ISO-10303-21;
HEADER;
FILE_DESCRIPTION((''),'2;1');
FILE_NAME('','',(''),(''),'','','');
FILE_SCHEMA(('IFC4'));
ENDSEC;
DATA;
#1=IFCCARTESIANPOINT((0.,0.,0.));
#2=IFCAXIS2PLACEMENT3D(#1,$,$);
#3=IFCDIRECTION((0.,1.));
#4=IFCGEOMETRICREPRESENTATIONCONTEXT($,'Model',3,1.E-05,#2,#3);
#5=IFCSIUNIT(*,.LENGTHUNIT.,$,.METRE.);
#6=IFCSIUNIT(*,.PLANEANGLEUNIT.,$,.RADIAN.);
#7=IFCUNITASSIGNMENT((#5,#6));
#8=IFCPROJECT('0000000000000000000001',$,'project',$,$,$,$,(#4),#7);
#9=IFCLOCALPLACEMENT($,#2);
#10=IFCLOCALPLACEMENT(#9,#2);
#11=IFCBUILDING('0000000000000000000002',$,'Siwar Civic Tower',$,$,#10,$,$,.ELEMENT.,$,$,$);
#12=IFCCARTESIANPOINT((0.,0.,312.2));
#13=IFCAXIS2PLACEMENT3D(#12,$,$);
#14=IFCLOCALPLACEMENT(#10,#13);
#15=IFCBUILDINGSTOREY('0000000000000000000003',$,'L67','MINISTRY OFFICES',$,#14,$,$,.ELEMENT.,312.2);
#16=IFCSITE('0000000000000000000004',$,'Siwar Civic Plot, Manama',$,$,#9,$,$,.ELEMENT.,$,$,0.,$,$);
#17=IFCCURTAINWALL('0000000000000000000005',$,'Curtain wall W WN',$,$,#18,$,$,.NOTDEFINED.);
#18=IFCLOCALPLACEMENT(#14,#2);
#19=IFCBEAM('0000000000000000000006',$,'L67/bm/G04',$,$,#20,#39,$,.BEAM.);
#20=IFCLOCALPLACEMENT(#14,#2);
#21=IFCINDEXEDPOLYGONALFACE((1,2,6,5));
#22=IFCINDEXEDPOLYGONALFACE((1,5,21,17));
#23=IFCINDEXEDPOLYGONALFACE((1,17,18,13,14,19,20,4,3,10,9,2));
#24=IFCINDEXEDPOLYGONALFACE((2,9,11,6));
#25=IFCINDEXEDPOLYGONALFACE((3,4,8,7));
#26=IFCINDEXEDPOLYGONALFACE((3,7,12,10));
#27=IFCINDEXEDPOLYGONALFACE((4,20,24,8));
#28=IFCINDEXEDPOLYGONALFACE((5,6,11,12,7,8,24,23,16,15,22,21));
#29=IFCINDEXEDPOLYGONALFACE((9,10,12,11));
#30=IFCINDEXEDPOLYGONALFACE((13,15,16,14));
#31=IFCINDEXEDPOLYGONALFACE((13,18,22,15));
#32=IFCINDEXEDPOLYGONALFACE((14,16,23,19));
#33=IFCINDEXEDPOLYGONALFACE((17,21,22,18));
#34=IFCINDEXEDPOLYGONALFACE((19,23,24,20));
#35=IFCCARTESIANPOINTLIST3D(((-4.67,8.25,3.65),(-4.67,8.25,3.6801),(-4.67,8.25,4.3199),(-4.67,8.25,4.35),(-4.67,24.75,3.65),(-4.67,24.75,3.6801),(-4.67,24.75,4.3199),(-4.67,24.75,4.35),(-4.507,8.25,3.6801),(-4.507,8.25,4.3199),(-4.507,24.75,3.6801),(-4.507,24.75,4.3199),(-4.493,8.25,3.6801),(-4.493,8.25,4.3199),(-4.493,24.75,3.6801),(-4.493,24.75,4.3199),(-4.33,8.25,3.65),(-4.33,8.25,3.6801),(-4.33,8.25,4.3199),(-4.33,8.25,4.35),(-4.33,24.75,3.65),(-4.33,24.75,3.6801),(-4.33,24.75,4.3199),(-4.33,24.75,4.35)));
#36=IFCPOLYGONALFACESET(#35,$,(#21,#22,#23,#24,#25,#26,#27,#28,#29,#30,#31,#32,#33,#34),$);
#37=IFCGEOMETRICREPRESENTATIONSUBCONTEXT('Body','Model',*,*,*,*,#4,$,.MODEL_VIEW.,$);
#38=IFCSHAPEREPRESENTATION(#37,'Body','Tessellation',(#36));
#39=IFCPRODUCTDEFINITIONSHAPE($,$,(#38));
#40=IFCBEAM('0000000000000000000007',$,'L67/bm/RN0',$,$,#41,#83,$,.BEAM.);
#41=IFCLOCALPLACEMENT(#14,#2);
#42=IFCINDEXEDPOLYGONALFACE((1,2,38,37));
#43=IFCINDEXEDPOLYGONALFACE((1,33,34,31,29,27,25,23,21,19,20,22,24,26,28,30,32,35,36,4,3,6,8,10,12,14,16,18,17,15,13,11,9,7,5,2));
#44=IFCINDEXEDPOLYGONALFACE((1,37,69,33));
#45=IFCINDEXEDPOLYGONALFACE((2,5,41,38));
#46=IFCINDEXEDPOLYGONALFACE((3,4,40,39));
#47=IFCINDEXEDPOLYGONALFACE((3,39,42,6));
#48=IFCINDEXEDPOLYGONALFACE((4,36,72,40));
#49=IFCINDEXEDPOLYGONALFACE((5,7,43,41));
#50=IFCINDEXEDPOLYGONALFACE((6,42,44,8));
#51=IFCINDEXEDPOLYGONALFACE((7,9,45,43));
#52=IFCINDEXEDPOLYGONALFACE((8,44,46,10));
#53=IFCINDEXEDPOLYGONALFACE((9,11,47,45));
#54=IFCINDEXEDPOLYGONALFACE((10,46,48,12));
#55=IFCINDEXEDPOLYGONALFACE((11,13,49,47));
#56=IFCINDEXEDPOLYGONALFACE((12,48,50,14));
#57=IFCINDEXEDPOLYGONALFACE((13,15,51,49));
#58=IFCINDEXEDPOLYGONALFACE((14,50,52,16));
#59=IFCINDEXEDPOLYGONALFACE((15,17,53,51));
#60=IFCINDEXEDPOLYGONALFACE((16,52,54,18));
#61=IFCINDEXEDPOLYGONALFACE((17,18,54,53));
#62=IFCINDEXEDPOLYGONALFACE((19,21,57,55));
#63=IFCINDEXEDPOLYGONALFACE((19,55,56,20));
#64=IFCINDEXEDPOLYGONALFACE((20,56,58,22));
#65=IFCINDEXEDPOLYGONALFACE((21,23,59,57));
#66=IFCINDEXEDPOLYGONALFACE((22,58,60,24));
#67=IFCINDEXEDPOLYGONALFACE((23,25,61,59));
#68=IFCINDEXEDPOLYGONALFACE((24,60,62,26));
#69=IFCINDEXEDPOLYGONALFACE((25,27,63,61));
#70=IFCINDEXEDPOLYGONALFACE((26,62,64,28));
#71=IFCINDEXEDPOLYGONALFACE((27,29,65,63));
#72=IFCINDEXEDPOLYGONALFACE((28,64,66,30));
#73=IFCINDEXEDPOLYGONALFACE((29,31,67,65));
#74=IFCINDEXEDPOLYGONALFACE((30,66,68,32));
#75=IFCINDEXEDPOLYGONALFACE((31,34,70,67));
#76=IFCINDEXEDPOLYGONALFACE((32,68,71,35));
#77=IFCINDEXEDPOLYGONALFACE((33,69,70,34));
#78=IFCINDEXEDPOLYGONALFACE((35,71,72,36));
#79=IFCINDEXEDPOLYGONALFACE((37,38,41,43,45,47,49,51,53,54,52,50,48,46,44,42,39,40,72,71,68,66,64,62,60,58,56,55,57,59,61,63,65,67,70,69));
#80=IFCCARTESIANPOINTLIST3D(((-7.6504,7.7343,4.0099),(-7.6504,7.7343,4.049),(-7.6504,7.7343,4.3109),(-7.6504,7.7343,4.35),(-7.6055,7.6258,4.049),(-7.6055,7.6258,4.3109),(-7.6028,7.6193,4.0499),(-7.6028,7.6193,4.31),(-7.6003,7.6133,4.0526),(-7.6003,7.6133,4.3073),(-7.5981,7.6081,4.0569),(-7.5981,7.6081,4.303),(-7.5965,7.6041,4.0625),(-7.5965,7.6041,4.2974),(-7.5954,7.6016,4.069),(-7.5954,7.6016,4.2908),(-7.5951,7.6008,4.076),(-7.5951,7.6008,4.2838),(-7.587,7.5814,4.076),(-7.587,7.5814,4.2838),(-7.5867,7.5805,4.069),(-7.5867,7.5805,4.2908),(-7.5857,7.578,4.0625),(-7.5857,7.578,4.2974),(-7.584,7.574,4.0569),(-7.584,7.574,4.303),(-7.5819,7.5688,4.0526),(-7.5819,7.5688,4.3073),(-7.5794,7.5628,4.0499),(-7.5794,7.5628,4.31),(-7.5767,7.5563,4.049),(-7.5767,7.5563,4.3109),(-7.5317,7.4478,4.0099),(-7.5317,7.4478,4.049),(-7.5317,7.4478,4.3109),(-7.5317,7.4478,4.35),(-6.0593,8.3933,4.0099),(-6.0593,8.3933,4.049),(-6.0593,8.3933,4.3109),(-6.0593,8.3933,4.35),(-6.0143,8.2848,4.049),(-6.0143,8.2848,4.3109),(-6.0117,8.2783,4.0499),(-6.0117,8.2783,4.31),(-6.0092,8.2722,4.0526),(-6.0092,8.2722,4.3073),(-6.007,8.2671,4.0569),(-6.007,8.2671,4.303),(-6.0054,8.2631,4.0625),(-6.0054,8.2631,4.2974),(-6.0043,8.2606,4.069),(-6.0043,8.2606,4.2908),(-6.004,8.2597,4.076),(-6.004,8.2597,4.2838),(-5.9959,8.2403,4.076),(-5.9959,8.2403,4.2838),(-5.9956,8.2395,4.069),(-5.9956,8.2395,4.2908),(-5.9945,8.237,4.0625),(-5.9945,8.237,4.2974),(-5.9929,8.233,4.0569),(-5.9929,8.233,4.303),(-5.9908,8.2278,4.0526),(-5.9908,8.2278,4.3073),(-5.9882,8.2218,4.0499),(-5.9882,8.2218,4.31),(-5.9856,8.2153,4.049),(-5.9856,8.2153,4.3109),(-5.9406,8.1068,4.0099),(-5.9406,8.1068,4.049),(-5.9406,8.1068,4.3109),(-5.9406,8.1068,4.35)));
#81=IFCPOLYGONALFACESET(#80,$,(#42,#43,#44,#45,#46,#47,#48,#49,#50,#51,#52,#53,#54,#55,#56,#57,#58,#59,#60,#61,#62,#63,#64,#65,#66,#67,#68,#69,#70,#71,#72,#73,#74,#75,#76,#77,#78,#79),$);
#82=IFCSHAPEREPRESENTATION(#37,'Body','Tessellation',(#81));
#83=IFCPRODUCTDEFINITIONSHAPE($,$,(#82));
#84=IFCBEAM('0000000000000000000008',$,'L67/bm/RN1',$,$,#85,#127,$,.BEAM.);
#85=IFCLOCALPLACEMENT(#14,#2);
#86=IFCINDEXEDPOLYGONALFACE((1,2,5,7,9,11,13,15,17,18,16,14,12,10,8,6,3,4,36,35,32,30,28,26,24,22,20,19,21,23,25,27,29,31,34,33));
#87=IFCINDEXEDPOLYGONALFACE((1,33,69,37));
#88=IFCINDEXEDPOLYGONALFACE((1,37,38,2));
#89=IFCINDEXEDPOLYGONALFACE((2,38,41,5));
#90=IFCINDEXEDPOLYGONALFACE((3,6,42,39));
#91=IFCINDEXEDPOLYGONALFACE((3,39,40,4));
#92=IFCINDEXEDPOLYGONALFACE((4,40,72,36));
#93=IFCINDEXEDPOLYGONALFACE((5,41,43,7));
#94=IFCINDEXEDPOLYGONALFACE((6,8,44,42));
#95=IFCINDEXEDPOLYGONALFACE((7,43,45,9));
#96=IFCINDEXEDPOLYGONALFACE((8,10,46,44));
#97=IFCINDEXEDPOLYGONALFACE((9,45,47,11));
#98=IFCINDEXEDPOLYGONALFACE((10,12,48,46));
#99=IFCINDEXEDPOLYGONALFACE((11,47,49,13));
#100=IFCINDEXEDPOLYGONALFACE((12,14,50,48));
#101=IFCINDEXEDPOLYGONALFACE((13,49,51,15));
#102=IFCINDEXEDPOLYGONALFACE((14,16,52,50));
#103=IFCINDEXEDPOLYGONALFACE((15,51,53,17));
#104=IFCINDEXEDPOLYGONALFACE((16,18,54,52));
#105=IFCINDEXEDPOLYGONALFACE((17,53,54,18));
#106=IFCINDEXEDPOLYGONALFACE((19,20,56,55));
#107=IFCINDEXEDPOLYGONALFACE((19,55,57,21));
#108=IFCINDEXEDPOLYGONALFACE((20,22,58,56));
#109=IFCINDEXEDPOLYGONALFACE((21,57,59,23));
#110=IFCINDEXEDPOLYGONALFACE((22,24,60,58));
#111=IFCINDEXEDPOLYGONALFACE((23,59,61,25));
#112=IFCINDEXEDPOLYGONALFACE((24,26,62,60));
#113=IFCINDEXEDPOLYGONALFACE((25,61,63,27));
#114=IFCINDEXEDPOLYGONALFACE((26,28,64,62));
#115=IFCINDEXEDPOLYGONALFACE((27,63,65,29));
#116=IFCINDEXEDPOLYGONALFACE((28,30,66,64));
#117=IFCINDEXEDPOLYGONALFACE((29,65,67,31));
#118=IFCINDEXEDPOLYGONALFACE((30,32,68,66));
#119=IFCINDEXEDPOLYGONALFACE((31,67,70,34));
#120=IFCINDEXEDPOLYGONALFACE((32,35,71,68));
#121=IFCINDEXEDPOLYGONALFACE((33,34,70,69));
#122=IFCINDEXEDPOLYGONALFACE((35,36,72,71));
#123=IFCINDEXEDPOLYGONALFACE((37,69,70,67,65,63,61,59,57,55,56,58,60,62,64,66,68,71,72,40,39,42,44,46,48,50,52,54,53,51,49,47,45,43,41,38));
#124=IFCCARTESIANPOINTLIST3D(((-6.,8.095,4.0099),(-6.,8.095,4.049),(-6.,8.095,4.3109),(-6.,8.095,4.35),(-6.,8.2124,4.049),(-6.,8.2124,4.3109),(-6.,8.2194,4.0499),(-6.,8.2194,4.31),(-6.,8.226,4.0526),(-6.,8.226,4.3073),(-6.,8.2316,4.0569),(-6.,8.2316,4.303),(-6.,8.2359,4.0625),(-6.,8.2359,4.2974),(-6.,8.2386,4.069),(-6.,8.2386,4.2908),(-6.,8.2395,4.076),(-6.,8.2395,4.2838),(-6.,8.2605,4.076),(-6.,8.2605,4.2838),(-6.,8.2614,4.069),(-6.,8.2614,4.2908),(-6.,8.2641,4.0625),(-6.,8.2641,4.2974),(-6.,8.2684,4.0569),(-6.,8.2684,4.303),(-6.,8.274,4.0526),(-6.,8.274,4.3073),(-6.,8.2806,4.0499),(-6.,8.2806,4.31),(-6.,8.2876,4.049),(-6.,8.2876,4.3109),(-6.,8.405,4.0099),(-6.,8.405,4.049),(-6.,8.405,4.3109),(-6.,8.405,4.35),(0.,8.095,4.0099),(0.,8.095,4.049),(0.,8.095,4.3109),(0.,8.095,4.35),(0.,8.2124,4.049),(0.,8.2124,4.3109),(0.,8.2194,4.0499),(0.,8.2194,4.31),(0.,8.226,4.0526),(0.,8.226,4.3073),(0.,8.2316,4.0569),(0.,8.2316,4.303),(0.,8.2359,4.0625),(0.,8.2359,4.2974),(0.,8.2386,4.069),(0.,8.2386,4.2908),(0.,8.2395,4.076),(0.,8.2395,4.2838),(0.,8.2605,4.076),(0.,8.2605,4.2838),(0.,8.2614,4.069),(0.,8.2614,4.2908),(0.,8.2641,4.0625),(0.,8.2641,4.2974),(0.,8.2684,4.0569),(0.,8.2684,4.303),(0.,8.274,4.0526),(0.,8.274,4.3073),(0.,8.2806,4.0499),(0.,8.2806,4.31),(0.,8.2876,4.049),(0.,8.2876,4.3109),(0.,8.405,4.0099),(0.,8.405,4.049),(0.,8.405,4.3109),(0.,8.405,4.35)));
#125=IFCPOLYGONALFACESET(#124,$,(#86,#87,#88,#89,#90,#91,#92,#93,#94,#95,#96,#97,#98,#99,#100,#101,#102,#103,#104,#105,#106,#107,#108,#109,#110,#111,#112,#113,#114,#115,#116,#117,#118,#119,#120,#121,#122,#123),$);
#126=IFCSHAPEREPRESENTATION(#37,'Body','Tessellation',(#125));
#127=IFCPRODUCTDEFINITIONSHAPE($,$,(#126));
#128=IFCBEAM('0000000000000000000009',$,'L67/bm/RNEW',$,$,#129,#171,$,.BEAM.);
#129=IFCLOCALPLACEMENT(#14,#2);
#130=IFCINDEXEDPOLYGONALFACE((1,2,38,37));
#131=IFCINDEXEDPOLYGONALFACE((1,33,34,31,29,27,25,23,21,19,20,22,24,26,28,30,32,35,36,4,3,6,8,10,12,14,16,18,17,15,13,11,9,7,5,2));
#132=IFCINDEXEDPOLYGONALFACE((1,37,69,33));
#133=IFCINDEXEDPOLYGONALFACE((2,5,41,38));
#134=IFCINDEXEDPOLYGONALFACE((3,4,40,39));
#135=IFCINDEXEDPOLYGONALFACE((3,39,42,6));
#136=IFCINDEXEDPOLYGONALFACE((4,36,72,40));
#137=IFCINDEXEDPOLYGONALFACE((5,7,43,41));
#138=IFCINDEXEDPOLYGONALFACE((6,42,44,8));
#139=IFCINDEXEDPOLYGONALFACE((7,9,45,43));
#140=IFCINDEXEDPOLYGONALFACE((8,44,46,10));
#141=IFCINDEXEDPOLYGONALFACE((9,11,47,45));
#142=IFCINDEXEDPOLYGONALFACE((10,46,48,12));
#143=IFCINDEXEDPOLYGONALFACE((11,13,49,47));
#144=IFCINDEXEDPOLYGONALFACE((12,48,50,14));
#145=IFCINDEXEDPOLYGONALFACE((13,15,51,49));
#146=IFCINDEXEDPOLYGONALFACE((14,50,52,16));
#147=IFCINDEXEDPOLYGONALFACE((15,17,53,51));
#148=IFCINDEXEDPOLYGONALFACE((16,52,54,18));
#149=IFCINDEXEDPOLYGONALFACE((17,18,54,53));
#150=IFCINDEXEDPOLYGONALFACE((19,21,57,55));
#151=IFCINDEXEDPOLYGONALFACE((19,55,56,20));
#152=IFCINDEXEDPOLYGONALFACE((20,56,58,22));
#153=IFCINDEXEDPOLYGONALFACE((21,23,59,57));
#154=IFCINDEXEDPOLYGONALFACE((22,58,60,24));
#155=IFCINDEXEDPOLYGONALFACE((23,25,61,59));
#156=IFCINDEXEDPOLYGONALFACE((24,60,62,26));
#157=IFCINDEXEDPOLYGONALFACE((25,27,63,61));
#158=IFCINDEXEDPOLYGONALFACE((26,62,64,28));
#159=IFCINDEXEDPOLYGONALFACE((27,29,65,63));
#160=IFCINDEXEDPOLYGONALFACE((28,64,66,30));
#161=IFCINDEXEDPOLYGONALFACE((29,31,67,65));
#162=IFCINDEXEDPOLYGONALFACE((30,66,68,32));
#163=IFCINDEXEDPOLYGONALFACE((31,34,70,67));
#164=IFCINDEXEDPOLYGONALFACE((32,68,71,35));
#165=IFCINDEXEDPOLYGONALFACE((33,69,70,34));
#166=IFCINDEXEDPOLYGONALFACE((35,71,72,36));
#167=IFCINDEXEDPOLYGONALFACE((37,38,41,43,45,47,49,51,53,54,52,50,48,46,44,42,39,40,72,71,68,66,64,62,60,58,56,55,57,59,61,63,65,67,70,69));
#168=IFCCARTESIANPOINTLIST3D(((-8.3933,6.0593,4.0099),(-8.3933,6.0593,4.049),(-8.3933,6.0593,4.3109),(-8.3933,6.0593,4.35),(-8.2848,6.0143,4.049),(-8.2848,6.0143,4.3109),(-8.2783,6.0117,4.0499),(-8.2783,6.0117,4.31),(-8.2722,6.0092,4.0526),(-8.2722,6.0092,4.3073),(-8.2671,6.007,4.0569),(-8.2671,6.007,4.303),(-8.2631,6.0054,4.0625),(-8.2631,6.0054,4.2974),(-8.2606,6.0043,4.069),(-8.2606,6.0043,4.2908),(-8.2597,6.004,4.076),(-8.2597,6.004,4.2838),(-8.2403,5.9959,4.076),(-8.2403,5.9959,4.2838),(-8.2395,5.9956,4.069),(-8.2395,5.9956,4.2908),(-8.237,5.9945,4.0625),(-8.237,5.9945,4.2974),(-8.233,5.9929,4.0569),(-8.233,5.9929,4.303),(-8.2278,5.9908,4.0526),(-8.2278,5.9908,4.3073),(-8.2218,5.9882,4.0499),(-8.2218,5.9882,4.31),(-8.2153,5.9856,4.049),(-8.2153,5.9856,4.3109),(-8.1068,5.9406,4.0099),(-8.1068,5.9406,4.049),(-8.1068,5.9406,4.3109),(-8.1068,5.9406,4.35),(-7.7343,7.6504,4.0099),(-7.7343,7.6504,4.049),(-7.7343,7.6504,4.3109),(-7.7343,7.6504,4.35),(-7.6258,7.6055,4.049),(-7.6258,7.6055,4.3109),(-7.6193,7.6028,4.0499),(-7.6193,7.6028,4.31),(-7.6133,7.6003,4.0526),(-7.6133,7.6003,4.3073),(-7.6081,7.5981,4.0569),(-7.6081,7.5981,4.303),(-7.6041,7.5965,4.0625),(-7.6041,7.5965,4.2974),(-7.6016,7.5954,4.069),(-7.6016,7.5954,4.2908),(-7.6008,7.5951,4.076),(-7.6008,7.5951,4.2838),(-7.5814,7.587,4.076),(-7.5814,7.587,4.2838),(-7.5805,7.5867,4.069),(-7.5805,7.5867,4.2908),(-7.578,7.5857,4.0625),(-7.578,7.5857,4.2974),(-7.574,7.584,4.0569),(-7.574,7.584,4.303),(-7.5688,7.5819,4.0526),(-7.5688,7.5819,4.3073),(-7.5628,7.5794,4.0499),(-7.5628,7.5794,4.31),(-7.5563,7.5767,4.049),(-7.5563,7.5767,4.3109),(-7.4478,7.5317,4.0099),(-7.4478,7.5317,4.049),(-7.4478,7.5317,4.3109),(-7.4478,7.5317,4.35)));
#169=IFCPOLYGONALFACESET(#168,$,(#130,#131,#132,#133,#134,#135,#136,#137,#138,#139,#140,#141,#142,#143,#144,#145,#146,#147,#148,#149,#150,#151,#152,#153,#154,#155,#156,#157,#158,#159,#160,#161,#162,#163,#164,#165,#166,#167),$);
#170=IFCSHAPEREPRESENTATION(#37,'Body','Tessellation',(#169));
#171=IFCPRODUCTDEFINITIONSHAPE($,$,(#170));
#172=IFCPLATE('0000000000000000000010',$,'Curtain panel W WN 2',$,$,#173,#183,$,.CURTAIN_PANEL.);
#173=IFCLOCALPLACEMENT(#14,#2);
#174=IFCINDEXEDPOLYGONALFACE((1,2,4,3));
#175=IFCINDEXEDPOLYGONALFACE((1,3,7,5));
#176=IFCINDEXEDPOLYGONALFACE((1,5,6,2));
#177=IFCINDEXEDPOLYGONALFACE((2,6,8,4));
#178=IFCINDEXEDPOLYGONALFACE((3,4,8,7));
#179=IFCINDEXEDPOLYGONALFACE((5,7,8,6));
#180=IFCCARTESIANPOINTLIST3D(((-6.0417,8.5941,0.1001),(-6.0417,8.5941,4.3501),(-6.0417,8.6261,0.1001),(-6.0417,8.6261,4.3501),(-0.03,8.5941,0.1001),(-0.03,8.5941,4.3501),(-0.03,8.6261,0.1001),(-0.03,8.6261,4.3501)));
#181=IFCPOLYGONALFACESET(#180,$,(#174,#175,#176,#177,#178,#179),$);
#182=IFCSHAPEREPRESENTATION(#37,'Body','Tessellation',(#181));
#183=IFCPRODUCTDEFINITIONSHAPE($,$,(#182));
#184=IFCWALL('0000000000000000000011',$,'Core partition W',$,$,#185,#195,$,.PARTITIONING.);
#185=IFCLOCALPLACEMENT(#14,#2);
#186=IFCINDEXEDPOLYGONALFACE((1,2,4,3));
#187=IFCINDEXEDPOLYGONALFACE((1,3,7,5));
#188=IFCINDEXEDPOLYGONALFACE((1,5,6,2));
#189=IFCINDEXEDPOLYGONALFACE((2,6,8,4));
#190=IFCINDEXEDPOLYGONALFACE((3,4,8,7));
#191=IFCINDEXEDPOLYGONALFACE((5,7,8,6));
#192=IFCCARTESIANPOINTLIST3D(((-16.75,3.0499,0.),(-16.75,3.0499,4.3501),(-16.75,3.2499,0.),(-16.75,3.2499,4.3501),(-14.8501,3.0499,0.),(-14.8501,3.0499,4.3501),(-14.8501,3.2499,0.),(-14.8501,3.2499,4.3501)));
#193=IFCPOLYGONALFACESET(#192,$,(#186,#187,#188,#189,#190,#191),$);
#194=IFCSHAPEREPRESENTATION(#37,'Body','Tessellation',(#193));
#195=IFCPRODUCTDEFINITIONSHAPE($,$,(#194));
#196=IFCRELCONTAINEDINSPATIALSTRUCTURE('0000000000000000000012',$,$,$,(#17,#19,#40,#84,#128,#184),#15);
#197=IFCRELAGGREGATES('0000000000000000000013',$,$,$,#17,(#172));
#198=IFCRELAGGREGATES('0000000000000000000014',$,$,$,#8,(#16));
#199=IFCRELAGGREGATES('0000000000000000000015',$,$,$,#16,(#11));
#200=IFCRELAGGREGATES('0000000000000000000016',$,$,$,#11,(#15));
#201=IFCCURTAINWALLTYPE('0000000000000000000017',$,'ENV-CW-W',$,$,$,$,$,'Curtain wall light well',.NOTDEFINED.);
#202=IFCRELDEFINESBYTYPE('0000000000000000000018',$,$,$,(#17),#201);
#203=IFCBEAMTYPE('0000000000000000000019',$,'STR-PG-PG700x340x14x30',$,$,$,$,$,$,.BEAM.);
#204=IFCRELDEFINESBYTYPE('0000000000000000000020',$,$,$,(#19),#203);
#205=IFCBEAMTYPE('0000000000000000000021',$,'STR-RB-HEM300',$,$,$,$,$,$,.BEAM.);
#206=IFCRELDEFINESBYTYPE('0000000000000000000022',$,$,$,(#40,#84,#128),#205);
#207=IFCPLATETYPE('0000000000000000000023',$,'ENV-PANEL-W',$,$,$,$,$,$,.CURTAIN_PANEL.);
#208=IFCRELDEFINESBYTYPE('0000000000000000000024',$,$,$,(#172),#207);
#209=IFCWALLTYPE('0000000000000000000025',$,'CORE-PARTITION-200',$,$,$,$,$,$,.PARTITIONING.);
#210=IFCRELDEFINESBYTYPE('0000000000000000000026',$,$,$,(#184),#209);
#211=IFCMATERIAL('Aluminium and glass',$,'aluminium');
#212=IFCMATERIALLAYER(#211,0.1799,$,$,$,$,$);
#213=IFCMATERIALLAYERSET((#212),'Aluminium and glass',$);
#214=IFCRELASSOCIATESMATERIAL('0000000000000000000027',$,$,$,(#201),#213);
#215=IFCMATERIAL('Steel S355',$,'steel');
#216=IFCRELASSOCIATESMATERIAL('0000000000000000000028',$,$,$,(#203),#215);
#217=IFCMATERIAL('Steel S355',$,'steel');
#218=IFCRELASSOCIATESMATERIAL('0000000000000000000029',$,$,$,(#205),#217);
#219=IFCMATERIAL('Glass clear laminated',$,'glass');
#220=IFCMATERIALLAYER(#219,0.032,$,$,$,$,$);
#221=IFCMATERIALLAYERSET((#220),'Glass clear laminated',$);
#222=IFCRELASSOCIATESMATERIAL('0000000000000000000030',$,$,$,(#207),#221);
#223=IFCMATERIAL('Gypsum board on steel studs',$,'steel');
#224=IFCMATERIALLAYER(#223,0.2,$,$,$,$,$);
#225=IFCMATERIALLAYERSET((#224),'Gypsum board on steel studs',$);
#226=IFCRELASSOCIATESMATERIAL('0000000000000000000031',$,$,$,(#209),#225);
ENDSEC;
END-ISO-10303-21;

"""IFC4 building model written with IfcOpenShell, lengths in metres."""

from ifc_helpers import new_model, si_unit, direction, frame, frame_2d, origin, origin_2d, place, context, subcontext, project, spatial, rectangle, i_section, extrude, material, layer, layer_set, material_profile, profile_set, type_object, element, aggregate, save


model = new_model("IFC4")

# Units and contexts
model_context = context("Model", 3, precision=1e-05, world=origin(), true_north=direction((0.0, 1.0)))
body_context = subcontext(model_context, "Body", "Model", "MODEL_VIEW")
ifc_project = project(units=[si_unit("LENGTHUNIT", "METRE"), si_unit("PLANEANGLEUNIT", "RADIAN")], contexts=[model_context])

# Site, building, storey
site_placement = place(None, origin())
site = spatial("IfcSite", under=ifc_project, at=site_placement, Name="Siwar Civic Plot, Manama", CompositionType="ELEMENT", RefElevation=0.0)
building_placement = place(site_placement, origin())
building = spatial("IfcBuilding", under=site, at=building_placement, Name="Siwar Civic Tower", CompositionType="ELEMENT")
storey_placement = place(building_placement, frame((0.0, 0.0, 312.2)))
storey = spatial("IfcBuildingStorey", under=building, at=storey_placement, Name="L67", Description="MINISTRY OFFICES", CompositionType="ELEMENT", Elevation=312.2)

# Curtain wall
ifc_material_1 = material(Name="Aluminium and glass", Category="aluminium")
ifc_layer_1 = layer(ifc_material_1, 0.1799)
ifc_layer_set_1 = layer_set([ifc_layer_1], Name="Aluminium and glass")
curtain_wall_type = type_object("IfcCurtainWallType", Name="ENV-CW-W", ElementType="Curtain wall light well", PredefinedType="NOTDEFINED", material=ifc_layer_set_1)
curtain_wall_placement = place(storey_placement, origin())
curtain_wall = element("IfcCurtainWall", 1, at=curtain_wall_placement, inside=storey, type_object=curtain_wall_type, Name="Curtain wall W WN", PredefinedType="NOTDEFINED")

# Beams
ifc_material_2 = material(Name="Steel S355", Category="steel")
ifc_material_profile_1 = material_profile(ifc_material_2, i_section(OverallWidth=0.3401, OverallDepth=0.7, WebThickness=0.0139, FlangeThickness=0.03, at=origin_2d()), Name="PG700x340x14x30")
ifc_profile_set_1 = profile_set([ifc_material_profile_1], Name="Steel S355")
beam_type_1 = type_object("IfcBeamType", Name="STR-PG-PG700x340x14x30", PredefinedType="BEAM", material=ifc_profile_set_1)
beam_1_placement = place(storey_placement, frame((-4.5, 8.25, 4.0), z_axis=(0.0, 1.0, 0.0), x_axis=(-1.0, 0.0, 0.0)))
element("IfcBeam", 2, at=beam_1_placement, inside=storey, type_object=beam_type_1, Name="L67/bm/G04", PredefinedType="BEAM", context=body_context, shape_type="SweptSolid", body=[
    extrude(i_section(OverallWidth=0.3401, OverallDepth=0.7, WebThickness=0.0139, FlangeThickness=0.03, at=origin_2d()), origin(), (0.0, 0.0, 1.0), 16.5),
])
ifc_material_3 = material(Name="Steel S355", Category="steel")
ifc_material_profile_2 = material_profile(ifc_material_3, i_section(OverallWidth=0.3101, OverallDepth=0.3401, WebThickness=0.021, FlangeThickness=0.0391, FilletRadius=0.0271, at=origin_2d()), Name="HEM300")
ifc_profile_set_2 = profile_set([ifc_material_profile_2], Name="Steel S355")
beam_type_2 = type_object("IfcBeamType", Name="STR-RB-HEM300", PredefinedType="BEAM", material=ifc_profile_set_2)
beam_2_placement = place(storey_placement, frame((-7.5911, 7.5911, 4.1799), z_axis=(0.923901, 0.382631, 0.0), x_axis=(-0.382631, 0.923901, 0.0)))
element("IfcBeam", 3, at=beam_2_placement, inside=storey, type_object=beam_type_2, Name="L67/bm/RN0", PredefinedType="BEAM", context=body_context, shape_type="SweptSolid", body=[
    extrude(i_section(OverallWidth=0.3101, OverallDepth=0.3401, WebThickness=0.021, FlangeThickness=0.0391, FilletRadius=0.0271, at=origin_2d()), origin(), (0.0, 0.0, 1.0), 1.7222),
])
beam_3_placement = place(storey_placement, frame((-6.0, 8.25, 4.1799), z_axis=(1.0, 0.0, 0.0), x_axis=(0.0, 1.0, 0.0)))
element("IfcBeam", 4, at=beam_3_placement, inside=storey, type_object=beam_type_2, Name="L67/bm/RN1", PredefinedType="BEAM", context=body_context, shape_type="SweptSolid", body=[
    extrude(i_section(OverallWidth=0.3101, OverallDepth=0.3401, WebThickness=0.021, FlangeThickness=0.0391, FilletRadius=0.0271, at=origin_2d()), origin(), (0.0, 0.0, 1.0), 6.0),
])
beam_4_placement = place(storey_placement, frame((-7.5911, 7.5911, 4.1799), z_axis=(-0.382631, -0.923901, 0.0), x_axis=(0.923901, -0.382631, 0.0)))
element("IfcBeam", 5, at=beam_4_placement, inside=storey, type_object=beam_type_2, Name="L67/bm/RNEW", PredefinedType="BEAM", context=body_context, shape_type="SweptSolid", body=[
    extrude(i_section(OverallWidth=0.3101, OverallDepth=0.3401, WebThickness=0.021, FlangeThickness=0.0391, FilletRadius=0.0271, at=origin_2d()), origin(), (0.0, 0.0, 1.0), 1.7222),
])

# Plate
ifc_material_4 = material(Name="Glass clear laminated", Category="glass")
ifc_layer_2 = layer(ifc_material_4, 0.032)
ifc_layer_set_2 = layer_set([ifc_layer_2], Name="Glass clear laminated")
plate_type = type_object("IfcPlateType", Name="ENV-PANEL-W", PredefinedType="CURTAIN_PANEL", material=ifc_layer_set_2)
plate_placement = place(storey_placement, frame((-3.0359, 8.6101, 0.1001), z_axis=(0.0, 0.0, 1.0), x_axis=(-1.0, 0.0, 0.0)))
plate = element("IfcPlate", 6, at=plate_placement, type_object=plate_type, Name="Curtain panel W WN 2", PredefinedType="CURTAIN_PANEL", context=body_context, shape_type="SweptSolid", body=[
    extrude(rectangle(XDim=6.0117, YDim=0.032, at=origin_2d()), origin(), (0.0, 0.0, 1.0), 4.25),
])
aggregate(curtain_wall, [plate])

# Wall
ifc_material_5 = material(Name="Gypsum board on steel studs", Category="steel")
ifc_layer_3 = layer(ifc_material_5, 0.2)
ifc_layer_set_3 = layer_set([ifc_layer_3], Name="Gypsum board on steel studs")
wall_type_1 = type_object("IfcWallType", Name="CORE-PARTITION-200", PredefinedType="PARTITIONING", material=ifc_layer_set_3)
wall_1_placement = place(storey_placement, frame((-14.8501, 3.1499, 0.0), z_axis=(0.0, 0.0, 1.0), x_axis=(-1.0, 0.0, 0.0)))
element("IfcWall", 7, at=wall_1_placement, inside=storey, type_object=wall_type_1, Name="Core partition W", PredefinedType="PARTITIONING", context=body_context, shape_type="SweptSolid", body=[
    extrude(rectangle(XDim=1.8999, YDim=0.2, at=frame_2d((0.95, 0.0))), origin(), (0.0, 0.0, 1.0), 4.3501),
])

save(model, "model.ifc")
